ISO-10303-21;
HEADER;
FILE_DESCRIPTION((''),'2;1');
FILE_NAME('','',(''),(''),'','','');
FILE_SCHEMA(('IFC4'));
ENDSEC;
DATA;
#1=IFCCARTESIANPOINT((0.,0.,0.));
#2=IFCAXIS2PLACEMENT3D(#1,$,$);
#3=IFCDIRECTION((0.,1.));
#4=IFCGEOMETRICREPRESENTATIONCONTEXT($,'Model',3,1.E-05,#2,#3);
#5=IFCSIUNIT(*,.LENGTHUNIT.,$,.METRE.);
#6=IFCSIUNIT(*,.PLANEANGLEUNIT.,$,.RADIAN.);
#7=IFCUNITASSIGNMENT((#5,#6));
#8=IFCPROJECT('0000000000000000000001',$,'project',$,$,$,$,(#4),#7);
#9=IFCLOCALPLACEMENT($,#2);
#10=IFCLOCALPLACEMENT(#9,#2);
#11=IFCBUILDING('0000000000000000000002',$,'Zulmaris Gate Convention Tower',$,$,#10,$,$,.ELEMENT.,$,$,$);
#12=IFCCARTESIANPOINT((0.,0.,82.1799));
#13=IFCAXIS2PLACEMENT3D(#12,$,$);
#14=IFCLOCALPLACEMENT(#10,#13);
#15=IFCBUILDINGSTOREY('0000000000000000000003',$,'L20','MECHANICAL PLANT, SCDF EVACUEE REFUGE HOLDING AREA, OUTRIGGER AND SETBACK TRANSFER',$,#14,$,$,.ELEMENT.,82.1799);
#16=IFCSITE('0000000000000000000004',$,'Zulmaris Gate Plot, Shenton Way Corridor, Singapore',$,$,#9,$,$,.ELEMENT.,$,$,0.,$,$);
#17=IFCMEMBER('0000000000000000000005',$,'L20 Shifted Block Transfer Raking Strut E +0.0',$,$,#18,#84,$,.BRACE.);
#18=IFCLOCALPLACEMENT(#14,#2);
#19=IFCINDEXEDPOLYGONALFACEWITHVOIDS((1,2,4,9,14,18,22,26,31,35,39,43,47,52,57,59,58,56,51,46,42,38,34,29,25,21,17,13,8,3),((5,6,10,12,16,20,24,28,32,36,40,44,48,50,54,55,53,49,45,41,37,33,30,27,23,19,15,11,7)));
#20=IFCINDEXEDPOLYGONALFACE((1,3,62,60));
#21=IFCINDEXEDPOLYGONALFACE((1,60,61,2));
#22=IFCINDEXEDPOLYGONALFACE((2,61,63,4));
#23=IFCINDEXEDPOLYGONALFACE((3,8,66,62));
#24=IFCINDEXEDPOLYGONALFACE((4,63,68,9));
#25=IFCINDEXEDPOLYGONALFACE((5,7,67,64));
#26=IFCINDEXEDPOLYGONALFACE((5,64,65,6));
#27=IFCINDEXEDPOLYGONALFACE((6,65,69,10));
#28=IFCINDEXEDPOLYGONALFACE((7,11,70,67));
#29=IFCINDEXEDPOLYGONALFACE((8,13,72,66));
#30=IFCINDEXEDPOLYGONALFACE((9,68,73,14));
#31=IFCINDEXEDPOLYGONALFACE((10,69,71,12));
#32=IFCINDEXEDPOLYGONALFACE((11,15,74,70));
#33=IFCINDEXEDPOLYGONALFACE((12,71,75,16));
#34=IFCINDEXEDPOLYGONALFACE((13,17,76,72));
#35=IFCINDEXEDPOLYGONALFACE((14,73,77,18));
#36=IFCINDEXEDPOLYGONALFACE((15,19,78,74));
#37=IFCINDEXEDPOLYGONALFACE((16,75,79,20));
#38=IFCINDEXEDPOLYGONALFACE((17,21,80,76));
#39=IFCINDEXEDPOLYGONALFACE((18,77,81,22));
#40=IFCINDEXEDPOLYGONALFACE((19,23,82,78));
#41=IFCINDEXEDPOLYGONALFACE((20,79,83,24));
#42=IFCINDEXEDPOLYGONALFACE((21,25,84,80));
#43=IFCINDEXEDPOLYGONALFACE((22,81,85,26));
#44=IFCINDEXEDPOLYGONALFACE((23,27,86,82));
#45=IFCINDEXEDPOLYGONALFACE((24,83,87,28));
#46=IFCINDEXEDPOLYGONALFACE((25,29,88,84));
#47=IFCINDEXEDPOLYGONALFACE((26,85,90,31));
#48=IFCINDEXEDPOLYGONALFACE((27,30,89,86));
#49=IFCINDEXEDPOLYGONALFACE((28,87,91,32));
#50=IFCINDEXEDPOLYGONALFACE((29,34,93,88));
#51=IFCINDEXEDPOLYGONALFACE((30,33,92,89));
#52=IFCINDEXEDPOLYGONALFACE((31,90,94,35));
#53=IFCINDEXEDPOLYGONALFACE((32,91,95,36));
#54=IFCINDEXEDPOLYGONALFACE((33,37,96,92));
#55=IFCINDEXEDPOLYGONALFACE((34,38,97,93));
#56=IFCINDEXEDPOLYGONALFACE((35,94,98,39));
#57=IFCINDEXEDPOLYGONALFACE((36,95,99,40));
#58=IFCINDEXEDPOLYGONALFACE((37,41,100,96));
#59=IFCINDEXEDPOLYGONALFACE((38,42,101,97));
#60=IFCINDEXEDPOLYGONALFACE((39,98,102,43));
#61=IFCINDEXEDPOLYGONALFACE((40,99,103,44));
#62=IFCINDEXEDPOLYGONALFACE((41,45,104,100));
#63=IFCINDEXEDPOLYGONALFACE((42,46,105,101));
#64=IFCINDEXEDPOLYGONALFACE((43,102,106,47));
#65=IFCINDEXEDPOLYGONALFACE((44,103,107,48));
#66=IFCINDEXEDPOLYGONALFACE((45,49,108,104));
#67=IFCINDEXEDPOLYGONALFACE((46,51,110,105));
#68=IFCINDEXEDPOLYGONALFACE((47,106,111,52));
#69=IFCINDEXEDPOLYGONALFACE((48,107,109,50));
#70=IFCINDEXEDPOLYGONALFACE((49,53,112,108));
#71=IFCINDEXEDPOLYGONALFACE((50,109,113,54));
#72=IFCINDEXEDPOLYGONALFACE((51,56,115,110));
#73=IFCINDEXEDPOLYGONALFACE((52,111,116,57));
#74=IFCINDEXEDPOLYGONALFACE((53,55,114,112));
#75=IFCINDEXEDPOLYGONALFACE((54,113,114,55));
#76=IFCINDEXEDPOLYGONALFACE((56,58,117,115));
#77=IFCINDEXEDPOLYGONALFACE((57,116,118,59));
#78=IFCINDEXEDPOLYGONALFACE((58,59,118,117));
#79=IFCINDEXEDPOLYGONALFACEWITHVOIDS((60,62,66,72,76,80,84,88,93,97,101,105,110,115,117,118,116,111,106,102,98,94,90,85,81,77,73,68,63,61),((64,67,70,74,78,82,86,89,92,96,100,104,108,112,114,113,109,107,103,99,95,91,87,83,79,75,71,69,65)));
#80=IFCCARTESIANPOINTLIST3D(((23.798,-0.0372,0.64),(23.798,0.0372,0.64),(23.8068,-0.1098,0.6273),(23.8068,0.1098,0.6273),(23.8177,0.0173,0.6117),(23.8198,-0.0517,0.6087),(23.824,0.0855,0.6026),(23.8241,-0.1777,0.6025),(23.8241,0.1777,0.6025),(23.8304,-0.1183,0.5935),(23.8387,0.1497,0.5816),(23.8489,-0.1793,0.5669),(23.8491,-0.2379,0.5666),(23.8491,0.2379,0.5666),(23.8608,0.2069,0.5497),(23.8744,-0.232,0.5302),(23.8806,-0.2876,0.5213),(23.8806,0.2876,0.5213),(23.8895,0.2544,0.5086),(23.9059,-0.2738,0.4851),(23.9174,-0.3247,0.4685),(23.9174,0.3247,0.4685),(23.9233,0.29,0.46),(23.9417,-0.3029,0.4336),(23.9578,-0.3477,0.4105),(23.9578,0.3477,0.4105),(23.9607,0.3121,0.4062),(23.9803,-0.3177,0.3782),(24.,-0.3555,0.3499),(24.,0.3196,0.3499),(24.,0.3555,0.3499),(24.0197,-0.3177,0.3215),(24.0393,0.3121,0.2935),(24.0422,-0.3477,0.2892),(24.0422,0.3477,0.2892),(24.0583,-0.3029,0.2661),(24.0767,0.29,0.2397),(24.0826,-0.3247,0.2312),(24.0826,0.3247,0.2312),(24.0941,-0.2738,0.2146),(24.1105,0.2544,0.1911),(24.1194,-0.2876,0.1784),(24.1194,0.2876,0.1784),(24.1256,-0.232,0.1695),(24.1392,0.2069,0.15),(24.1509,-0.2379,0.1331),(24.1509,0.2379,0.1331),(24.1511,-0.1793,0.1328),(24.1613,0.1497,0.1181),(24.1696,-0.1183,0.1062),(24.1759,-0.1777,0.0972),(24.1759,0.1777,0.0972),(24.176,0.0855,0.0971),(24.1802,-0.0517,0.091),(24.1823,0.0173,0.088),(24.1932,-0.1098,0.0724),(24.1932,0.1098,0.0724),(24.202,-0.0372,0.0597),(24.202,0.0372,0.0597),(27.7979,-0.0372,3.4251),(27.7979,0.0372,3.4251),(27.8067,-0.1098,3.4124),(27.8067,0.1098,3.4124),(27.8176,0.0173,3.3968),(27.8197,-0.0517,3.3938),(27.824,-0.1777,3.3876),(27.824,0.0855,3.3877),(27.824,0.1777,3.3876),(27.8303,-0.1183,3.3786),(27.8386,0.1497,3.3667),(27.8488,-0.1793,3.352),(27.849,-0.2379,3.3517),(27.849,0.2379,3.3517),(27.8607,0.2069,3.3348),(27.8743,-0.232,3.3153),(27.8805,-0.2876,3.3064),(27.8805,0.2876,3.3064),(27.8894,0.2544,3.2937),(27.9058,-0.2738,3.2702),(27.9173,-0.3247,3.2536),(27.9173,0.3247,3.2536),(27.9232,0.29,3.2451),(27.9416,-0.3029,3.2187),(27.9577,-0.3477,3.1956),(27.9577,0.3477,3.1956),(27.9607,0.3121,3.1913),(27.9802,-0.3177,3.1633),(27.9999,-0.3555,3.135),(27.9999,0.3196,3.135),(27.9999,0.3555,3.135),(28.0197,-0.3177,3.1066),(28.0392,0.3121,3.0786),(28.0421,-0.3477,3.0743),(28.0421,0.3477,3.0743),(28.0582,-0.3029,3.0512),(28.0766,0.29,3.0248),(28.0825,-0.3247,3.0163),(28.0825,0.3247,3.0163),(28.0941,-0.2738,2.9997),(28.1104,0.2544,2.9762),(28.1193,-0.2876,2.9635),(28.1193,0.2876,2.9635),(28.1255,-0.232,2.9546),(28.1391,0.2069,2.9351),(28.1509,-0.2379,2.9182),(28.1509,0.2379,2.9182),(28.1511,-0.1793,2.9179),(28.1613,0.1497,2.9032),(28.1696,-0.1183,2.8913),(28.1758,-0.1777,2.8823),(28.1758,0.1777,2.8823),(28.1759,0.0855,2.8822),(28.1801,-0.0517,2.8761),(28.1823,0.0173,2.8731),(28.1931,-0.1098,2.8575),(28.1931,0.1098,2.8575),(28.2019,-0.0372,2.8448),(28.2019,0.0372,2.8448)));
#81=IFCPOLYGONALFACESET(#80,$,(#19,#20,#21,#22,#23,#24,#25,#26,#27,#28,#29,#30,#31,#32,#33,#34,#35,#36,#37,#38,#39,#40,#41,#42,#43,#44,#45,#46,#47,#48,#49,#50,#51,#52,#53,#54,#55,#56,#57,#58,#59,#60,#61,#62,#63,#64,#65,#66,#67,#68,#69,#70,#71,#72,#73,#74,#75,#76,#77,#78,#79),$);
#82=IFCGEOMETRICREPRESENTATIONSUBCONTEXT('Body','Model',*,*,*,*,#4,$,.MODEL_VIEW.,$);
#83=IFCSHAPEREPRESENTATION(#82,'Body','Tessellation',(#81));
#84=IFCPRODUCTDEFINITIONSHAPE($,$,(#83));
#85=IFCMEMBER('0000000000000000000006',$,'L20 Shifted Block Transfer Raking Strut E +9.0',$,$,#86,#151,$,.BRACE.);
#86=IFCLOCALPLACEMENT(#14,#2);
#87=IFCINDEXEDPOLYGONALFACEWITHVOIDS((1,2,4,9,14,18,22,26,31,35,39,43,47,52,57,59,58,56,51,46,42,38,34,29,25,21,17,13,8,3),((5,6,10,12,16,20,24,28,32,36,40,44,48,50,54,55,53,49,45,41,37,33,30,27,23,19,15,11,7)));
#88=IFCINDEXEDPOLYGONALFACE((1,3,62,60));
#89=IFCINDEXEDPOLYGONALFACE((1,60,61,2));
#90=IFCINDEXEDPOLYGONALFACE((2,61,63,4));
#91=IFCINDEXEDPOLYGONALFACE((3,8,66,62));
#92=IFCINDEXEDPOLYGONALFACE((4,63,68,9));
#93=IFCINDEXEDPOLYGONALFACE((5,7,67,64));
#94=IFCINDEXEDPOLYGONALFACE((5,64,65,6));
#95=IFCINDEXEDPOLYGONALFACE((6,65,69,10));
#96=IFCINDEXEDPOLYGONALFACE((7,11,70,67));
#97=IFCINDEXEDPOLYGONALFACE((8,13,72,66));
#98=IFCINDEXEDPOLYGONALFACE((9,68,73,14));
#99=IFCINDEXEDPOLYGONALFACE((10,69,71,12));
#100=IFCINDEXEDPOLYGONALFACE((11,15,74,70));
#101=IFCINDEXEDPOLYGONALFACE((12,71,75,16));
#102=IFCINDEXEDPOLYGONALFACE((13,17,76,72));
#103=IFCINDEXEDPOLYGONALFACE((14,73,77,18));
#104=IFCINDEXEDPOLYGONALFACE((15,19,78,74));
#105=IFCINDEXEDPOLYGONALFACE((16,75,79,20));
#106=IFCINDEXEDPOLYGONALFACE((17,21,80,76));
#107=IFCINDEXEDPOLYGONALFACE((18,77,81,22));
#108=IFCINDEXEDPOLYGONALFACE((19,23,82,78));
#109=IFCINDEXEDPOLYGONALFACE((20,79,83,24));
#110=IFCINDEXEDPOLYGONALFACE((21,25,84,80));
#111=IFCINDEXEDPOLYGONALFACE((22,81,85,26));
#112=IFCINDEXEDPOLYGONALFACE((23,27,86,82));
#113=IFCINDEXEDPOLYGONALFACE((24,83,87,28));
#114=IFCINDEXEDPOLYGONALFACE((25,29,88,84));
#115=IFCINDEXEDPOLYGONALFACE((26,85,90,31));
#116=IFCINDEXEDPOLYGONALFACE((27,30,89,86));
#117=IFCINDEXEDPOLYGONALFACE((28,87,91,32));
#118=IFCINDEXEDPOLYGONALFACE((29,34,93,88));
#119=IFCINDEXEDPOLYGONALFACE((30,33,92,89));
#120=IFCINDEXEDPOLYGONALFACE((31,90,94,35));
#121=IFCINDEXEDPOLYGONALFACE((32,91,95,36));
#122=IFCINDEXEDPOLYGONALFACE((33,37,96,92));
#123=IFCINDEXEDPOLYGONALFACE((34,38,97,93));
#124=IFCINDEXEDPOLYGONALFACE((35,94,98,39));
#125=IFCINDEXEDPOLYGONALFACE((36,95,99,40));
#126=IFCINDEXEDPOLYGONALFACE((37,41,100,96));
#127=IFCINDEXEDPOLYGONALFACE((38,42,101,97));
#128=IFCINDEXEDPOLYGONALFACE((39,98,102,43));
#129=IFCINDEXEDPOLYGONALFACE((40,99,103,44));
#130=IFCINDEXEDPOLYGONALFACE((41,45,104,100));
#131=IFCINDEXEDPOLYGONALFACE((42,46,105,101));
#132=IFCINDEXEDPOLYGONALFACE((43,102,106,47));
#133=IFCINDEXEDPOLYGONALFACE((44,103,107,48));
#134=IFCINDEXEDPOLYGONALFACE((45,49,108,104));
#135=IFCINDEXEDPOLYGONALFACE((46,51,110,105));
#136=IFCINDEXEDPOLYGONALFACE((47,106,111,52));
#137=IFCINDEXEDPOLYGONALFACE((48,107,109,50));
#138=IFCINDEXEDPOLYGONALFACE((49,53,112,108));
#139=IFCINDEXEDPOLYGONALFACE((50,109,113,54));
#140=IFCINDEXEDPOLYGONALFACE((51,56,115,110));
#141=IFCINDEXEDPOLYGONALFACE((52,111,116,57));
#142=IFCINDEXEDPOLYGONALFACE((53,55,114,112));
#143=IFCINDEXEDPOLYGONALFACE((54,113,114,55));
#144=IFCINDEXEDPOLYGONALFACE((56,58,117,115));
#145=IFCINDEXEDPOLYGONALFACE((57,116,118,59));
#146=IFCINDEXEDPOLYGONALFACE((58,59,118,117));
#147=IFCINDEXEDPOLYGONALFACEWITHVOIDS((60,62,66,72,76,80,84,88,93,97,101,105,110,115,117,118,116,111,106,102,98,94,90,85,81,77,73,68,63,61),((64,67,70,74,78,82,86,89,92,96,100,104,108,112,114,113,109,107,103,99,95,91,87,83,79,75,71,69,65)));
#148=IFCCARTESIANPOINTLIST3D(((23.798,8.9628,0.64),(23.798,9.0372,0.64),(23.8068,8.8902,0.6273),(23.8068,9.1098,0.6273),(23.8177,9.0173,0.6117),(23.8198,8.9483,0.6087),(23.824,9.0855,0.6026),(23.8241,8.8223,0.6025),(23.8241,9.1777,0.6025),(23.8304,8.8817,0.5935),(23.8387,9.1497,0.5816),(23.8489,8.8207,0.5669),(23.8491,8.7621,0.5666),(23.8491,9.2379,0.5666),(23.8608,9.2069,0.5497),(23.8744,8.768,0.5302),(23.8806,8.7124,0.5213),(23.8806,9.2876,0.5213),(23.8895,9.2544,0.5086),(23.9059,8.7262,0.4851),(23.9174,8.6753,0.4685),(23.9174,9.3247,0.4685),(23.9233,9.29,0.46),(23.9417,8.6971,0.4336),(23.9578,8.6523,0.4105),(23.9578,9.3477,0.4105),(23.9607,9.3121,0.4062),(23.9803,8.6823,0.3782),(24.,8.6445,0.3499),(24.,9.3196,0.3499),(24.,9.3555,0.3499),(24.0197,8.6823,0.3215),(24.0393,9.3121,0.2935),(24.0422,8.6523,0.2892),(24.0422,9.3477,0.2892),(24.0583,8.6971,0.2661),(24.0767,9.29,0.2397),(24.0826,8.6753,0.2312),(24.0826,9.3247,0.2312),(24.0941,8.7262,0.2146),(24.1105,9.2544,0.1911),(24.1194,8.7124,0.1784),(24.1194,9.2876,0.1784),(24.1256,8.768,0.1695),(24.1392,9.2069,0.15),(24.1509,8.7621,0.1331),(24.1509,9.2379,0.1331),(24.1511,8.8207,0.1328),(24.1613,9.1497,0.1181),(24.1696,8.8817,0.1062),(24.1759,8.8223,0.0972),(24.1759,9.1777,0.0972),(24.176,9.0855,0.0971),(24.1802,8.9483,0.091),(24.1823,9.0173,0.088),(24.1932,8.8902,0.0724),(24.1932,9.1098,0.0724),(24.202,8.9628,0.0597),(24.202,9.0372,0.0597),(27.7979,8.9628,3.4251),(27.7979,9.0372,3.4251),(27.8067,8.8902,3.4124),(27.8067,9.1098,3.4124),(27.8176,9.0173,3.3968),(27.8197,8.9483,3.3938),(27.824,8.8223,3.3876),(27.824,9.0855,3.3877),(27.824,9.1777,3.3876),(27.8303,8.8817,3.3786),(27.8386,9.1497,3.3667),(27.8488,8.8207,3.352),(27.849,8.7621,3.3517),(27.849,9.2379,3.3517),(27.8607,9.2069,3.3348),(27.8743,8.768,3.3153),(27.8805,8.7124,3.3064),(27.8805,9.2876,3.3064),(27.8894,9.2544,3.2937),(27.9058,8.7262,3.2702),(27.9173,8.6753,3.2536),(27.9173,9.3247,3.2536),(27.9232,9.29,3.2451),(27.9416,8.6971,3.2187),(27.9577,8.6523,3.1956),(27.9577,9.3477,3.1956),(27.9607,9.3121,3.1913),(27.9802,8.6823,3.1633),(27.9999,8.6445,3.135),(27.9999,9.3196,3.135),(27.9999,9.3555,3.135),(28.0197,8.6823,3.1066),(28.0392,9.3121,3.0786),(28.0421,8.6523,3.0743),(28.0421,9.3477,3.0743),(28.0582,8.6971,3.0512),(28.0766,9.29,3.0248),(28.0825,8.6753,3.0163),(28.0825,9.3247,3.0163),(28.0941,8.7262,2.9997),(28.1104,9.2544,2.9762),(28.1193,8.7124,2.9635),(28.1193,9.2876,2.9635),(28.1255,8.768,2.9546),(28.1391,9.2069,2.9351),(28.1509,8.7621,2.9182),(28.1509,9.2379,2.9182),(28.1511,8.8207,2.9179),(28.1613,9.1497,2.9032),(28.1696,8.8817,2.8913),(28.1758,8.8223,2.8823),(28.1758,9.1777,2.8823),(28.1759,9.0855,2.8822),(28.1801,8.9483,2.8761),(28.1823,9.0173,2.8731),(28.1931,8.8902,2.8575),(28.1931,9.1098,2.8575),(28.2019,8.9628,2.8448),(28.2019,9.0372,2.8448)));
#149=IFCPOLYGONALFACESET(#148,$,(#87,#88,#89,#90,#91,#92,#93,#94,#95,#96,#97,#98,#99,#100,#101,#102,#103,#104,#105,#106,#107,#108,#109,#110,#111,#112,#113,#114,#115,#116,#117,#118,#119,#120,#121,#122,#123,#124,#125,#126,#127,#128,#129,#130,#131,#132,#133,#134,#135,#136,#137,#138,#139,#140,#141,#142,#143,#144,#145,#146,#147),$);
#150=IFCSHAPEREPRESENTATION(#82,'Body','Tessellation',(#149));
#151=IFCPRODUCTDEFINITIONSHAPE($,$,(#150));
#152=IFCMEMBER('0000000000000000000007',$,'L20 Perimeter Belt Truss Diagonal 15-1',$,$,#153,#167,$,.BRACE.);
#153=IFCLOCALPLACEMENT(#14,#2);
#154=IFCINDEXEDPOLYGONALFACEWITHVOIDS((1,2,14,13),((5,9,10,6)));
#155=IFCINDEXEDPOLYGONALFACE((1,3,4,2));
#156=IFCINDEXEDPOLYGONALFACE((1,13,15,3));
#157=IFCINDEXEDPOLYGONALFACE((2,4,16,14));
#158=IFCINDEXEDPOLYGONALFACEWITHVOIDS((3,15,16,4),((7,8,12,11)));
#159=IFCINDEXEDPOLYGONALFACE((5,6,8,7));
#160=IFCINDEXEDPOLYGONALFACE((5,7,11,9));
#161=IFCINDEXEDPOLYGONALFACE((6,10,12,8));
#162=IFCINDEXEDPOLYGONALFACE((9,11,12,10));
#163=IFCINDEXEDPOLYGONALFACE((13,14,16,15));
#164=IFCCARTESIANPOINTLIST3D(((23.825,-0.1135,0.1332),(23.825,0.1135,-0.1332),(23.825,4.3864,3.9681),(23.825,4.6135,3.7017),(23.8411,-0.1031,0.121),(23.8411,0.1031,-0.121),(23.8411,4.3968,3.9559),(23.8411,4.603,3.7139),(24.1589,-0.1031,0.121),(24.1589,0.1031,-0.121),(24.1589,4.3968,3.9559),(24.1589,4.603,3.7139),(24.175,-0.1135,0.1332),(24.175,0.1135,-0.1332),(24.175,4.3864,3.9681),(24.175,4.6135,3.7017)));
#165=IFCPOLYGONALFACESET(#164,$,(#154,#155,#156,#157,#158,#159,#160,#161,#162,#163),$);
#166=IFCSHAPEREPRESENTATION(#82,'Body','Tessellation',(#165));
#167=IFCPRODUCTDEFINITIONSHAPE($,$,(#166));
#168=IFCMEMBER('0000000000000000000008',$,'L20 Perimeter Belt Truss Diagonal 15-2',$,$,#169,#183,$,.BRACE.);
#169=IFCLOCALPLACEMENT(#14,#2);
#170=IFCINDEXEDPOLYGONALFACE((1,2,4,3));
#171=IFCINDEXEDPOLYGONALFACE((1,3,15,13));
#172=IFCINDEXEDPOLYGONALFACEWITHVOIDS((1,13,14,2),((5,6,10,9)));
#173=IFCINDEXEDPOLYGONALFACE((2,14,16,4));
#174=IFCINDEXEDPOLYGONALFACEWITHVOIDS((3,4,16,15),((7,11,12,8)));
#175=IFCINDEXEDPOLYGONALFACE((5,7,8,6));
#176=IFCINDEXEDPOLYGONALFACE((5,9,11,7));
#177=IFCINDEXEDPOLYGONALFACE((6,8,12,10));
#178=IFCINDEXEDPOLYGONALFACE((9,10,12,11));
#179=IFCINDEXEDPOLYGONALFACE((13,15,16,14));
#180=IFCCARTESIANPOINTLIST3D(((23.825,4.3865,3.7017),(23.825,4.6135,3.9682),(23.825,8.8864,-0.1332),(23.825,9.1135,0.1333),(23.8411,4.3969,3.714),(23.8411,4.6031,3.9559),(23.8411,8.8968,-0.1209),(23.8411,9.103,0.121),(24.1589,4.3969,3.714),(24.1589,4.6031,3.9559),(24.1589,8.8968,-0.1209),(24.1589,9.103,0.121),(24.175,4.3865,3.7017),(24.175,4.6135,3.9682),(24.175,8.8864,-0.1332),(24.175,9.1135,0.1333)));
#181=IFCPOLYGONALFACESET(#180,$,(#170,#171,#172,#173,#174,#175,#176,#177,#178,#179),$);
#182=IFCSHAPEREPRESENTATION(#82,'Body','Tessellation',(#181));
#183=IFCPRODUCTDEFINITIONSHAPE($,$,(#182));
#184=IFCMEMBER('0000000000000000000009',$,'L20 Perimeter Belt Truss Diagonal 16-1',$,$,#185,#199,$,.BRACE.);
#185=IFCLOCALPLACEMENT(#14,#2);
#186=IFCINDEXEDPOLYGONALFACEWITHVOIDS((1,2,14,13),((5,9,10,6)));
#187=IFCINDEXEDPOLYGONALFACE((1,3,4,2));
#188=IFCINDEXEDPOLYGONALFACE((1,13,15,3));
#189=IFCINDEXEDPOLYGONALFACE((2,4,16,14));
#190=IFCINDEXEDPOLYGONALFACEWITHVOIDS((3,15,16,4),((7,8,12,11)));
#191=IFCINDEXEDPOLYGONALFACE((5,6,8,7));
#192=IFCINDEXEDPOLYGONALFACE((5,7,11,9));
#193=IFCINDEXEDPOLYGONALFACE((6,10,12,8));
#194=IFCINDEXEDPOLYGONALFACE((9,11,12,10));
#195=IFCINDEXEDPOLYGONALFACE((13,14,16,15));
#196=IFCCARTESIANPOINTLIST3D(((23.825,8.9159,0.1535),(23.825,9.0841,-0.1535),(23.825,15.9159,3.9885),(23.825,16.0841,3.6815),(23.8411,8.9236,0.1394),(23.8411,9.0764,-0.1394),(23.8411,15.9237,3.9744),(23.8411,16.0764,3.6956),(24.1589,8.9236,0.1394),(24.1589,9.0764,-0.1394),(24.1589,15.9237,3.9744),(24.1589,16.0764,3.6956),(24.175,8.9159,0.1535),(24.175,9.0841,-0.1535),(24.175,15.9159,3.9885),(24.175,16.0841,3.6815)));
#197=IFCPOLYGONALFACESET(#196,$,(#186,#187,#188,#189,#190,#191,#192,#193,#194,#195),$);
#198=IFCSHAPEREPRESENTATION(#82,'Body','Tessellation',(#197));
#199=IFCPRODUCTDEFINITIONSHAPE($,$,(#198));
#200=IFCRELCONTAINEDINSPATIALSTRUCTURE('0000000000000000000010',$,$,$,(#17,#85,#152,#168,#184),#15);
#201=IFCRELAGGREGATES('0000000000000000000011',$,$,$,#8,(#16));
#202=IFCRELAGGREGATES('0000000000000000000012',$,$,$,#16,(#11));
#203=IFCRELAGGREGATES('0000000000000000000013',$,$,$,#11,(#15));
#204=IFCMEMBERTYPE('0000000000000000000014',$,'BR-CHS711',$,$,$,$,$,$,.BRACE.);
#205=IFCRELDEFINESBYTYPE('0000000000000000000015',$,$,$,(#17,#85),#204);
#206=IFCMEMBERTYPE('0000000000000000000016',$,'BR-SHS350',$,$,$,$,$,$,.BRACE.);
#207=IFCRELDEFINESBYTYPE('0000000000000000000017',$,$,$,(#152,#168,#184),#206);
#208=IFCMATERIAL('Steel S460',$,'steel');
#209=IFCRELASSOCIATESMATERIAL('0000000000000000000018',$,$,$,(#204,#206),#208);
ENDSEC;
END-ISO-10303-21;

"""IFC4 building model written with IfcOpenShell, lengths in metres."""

from ifc_helpers import new_model, si_unit, direction, frame, origin, origin_2d, place, context, subcontext, project, spatial, hollow_rectangle, hollow_circle, extrude, material, material_profile, profile_set, type_object, element, save


model = new_model("IFC4")

# Units and contexts
model_context = context("Model", 3, precision=1e-05, world=origin(), true_north=direction((0.0, 1.0)))
body_context = subcontext(model_context, "Body", "Model", "MODEL_VIEW")
ifc_project = project(units=[si_unit("LENGTHUNIT", "METRE"), si_unit("PLANEANGLEUNIT", "RADIAN")], contexts=[model_context])

# Site, building, storey
site_placement = place(None, origin())
site = spatial("IfcSite", under=ifc_project, at=site_placement, Name="Zulmaris Gate Plot, Shenton Way Corridor, Singapore", CompositionType="ELEMENT", RefElevation=0.0)
building_placement = place(site_placement, origin())
building = spatial("IfcBuilding", under=site, at=building_placement, Name="Zulmaris Gate Convention Tower", CompositionType="ELEMENT")
storey_placement = place(building_placement, frame((0.0, 0.0, 82.1799)))
storey = spatial("IfcBuildingStorey", under=building, at=storey_placement, Name="L20", Description="MECHANICAL PLANT, SCDF EVACUEE REFUGE HOLDING AREA, OUTRIGGER AND SETBACK TRANSFER", CompositionType="ELEMENT", Elevation=82.1799)

# Shared definitions
ifc_material_1 = material(Name="Steel S460", Category="steel")

# Members
ifc_material_profile_1 = material_profile(ifc_material_1, hollow_circle(Radius=0.3555, WallThickness=0.0359, at=origin_2d()), Name="CHS 711x36")
ifc_profile_set_1 = profile_set([ifc_material_profile_1], Name="Steel S460")
member_type_1 = type_object("IfcMemberType", Name="BR-CHS711", PredefinedType="BRACE", material=ifc_profile_set_1)
for number, where, z_axis, x_axis, name in (
    (1, (24.0, 0.0, 0.3499), (0.82066, 0.0, 0.571417), (0.0, 1.0, 0.0), "L20 Shifted Block Transfer Raking Strut E +0.0"),
    (2, (24.0, 9.0, 0.3499), (0.82066, 0.0, 0.571417), (0.0, 1.0, 0.0), "L20 Shifted Block Transfer Raking Strut E +9.0"),
):
    element("IfcMember", number, at=place(storey_placement, frame(where, z_axis=z_axis, x_axis=x_axis)), inside=storey, type_object=member_type_1, Name=name, PredefinedType="BRACE", context=body_context, shape_type="SweptSolid", body=[
        extrude(hollow_circle(Radius=0.3555, WallThickness=0.0359, at=origin_2d()), origin(), (0.0, 0.0, 1.0), 4.874),
    ])
ifc_material_profile_2 = material_profile(ifc_material_1, hollow_rectangle(XDim=0.3501, YDim=0.3501, WallThickness=0.0161, at=origin_2d()), Name="SHS 350x350x16")
ifc_profile_set_2 = profile_set([ifc_material_profile_2], Name="Steel S460")
member_type_2 = type_object("IfcMemberType", Name="BR-SHS350", PredefinedType="BRACE", material=ifc_profile_set_2)
for number, where, z_axis, x_axis, name in (
    (3, (24.0, 0.0, 0.0), (0.0, 0.761107, 0.648626), (-1.0, 0.0, 0.0), "L20 Perimeter Belt Truss Diagonal 15-1"),
    (4, (24.0, 4.5, 3.835), (0.0, 0.761107, -0.648626), (-1.0, 0.0, 0.0), "L20 Perimeter Belt Truss Diagonal 15-2"),
):
    element("IfcMember", number, at=place(storey_placement, frame(where, z_axis=z_axis, x_axis=x_axis)), inside=storey, type_object=member_type_2, Name=name, PredefinedType="BRACE", context=body_context, shape_type="SweptSolid", body=[
        extrude(hollow_rectangle(XDim=0.3501, YDim=0.3501, WallThickness=0.0161, at=origin_2d()), origin(), (0.0, 0.0, 1.0), 5.9124),
    ])
member_1_placement = place(storey_placement, frame((24.0, 9.0, 0.0), z_axis=(0.0, 0.87701, 0.480471), x_axis=(-1.0, 0.0, 0.0)))
element("IfcMember", 5, at=member_1_placement, inside=storey, type_object=member_type_2, Name="L20 Perimeter Belt Truss Diagonal 16-1", PredefinedType="BRACE", context=body_context, shape_type="SweptSolid", body=[
    extrude(hollow_rectangle(XDim=0.3501, YDim=0.3501, WallThickness=0.0161, at=origin_2d()), origin(), (0.0, 0.0, 1.0), 7.9817),
])

save(model, "model.ifc")
